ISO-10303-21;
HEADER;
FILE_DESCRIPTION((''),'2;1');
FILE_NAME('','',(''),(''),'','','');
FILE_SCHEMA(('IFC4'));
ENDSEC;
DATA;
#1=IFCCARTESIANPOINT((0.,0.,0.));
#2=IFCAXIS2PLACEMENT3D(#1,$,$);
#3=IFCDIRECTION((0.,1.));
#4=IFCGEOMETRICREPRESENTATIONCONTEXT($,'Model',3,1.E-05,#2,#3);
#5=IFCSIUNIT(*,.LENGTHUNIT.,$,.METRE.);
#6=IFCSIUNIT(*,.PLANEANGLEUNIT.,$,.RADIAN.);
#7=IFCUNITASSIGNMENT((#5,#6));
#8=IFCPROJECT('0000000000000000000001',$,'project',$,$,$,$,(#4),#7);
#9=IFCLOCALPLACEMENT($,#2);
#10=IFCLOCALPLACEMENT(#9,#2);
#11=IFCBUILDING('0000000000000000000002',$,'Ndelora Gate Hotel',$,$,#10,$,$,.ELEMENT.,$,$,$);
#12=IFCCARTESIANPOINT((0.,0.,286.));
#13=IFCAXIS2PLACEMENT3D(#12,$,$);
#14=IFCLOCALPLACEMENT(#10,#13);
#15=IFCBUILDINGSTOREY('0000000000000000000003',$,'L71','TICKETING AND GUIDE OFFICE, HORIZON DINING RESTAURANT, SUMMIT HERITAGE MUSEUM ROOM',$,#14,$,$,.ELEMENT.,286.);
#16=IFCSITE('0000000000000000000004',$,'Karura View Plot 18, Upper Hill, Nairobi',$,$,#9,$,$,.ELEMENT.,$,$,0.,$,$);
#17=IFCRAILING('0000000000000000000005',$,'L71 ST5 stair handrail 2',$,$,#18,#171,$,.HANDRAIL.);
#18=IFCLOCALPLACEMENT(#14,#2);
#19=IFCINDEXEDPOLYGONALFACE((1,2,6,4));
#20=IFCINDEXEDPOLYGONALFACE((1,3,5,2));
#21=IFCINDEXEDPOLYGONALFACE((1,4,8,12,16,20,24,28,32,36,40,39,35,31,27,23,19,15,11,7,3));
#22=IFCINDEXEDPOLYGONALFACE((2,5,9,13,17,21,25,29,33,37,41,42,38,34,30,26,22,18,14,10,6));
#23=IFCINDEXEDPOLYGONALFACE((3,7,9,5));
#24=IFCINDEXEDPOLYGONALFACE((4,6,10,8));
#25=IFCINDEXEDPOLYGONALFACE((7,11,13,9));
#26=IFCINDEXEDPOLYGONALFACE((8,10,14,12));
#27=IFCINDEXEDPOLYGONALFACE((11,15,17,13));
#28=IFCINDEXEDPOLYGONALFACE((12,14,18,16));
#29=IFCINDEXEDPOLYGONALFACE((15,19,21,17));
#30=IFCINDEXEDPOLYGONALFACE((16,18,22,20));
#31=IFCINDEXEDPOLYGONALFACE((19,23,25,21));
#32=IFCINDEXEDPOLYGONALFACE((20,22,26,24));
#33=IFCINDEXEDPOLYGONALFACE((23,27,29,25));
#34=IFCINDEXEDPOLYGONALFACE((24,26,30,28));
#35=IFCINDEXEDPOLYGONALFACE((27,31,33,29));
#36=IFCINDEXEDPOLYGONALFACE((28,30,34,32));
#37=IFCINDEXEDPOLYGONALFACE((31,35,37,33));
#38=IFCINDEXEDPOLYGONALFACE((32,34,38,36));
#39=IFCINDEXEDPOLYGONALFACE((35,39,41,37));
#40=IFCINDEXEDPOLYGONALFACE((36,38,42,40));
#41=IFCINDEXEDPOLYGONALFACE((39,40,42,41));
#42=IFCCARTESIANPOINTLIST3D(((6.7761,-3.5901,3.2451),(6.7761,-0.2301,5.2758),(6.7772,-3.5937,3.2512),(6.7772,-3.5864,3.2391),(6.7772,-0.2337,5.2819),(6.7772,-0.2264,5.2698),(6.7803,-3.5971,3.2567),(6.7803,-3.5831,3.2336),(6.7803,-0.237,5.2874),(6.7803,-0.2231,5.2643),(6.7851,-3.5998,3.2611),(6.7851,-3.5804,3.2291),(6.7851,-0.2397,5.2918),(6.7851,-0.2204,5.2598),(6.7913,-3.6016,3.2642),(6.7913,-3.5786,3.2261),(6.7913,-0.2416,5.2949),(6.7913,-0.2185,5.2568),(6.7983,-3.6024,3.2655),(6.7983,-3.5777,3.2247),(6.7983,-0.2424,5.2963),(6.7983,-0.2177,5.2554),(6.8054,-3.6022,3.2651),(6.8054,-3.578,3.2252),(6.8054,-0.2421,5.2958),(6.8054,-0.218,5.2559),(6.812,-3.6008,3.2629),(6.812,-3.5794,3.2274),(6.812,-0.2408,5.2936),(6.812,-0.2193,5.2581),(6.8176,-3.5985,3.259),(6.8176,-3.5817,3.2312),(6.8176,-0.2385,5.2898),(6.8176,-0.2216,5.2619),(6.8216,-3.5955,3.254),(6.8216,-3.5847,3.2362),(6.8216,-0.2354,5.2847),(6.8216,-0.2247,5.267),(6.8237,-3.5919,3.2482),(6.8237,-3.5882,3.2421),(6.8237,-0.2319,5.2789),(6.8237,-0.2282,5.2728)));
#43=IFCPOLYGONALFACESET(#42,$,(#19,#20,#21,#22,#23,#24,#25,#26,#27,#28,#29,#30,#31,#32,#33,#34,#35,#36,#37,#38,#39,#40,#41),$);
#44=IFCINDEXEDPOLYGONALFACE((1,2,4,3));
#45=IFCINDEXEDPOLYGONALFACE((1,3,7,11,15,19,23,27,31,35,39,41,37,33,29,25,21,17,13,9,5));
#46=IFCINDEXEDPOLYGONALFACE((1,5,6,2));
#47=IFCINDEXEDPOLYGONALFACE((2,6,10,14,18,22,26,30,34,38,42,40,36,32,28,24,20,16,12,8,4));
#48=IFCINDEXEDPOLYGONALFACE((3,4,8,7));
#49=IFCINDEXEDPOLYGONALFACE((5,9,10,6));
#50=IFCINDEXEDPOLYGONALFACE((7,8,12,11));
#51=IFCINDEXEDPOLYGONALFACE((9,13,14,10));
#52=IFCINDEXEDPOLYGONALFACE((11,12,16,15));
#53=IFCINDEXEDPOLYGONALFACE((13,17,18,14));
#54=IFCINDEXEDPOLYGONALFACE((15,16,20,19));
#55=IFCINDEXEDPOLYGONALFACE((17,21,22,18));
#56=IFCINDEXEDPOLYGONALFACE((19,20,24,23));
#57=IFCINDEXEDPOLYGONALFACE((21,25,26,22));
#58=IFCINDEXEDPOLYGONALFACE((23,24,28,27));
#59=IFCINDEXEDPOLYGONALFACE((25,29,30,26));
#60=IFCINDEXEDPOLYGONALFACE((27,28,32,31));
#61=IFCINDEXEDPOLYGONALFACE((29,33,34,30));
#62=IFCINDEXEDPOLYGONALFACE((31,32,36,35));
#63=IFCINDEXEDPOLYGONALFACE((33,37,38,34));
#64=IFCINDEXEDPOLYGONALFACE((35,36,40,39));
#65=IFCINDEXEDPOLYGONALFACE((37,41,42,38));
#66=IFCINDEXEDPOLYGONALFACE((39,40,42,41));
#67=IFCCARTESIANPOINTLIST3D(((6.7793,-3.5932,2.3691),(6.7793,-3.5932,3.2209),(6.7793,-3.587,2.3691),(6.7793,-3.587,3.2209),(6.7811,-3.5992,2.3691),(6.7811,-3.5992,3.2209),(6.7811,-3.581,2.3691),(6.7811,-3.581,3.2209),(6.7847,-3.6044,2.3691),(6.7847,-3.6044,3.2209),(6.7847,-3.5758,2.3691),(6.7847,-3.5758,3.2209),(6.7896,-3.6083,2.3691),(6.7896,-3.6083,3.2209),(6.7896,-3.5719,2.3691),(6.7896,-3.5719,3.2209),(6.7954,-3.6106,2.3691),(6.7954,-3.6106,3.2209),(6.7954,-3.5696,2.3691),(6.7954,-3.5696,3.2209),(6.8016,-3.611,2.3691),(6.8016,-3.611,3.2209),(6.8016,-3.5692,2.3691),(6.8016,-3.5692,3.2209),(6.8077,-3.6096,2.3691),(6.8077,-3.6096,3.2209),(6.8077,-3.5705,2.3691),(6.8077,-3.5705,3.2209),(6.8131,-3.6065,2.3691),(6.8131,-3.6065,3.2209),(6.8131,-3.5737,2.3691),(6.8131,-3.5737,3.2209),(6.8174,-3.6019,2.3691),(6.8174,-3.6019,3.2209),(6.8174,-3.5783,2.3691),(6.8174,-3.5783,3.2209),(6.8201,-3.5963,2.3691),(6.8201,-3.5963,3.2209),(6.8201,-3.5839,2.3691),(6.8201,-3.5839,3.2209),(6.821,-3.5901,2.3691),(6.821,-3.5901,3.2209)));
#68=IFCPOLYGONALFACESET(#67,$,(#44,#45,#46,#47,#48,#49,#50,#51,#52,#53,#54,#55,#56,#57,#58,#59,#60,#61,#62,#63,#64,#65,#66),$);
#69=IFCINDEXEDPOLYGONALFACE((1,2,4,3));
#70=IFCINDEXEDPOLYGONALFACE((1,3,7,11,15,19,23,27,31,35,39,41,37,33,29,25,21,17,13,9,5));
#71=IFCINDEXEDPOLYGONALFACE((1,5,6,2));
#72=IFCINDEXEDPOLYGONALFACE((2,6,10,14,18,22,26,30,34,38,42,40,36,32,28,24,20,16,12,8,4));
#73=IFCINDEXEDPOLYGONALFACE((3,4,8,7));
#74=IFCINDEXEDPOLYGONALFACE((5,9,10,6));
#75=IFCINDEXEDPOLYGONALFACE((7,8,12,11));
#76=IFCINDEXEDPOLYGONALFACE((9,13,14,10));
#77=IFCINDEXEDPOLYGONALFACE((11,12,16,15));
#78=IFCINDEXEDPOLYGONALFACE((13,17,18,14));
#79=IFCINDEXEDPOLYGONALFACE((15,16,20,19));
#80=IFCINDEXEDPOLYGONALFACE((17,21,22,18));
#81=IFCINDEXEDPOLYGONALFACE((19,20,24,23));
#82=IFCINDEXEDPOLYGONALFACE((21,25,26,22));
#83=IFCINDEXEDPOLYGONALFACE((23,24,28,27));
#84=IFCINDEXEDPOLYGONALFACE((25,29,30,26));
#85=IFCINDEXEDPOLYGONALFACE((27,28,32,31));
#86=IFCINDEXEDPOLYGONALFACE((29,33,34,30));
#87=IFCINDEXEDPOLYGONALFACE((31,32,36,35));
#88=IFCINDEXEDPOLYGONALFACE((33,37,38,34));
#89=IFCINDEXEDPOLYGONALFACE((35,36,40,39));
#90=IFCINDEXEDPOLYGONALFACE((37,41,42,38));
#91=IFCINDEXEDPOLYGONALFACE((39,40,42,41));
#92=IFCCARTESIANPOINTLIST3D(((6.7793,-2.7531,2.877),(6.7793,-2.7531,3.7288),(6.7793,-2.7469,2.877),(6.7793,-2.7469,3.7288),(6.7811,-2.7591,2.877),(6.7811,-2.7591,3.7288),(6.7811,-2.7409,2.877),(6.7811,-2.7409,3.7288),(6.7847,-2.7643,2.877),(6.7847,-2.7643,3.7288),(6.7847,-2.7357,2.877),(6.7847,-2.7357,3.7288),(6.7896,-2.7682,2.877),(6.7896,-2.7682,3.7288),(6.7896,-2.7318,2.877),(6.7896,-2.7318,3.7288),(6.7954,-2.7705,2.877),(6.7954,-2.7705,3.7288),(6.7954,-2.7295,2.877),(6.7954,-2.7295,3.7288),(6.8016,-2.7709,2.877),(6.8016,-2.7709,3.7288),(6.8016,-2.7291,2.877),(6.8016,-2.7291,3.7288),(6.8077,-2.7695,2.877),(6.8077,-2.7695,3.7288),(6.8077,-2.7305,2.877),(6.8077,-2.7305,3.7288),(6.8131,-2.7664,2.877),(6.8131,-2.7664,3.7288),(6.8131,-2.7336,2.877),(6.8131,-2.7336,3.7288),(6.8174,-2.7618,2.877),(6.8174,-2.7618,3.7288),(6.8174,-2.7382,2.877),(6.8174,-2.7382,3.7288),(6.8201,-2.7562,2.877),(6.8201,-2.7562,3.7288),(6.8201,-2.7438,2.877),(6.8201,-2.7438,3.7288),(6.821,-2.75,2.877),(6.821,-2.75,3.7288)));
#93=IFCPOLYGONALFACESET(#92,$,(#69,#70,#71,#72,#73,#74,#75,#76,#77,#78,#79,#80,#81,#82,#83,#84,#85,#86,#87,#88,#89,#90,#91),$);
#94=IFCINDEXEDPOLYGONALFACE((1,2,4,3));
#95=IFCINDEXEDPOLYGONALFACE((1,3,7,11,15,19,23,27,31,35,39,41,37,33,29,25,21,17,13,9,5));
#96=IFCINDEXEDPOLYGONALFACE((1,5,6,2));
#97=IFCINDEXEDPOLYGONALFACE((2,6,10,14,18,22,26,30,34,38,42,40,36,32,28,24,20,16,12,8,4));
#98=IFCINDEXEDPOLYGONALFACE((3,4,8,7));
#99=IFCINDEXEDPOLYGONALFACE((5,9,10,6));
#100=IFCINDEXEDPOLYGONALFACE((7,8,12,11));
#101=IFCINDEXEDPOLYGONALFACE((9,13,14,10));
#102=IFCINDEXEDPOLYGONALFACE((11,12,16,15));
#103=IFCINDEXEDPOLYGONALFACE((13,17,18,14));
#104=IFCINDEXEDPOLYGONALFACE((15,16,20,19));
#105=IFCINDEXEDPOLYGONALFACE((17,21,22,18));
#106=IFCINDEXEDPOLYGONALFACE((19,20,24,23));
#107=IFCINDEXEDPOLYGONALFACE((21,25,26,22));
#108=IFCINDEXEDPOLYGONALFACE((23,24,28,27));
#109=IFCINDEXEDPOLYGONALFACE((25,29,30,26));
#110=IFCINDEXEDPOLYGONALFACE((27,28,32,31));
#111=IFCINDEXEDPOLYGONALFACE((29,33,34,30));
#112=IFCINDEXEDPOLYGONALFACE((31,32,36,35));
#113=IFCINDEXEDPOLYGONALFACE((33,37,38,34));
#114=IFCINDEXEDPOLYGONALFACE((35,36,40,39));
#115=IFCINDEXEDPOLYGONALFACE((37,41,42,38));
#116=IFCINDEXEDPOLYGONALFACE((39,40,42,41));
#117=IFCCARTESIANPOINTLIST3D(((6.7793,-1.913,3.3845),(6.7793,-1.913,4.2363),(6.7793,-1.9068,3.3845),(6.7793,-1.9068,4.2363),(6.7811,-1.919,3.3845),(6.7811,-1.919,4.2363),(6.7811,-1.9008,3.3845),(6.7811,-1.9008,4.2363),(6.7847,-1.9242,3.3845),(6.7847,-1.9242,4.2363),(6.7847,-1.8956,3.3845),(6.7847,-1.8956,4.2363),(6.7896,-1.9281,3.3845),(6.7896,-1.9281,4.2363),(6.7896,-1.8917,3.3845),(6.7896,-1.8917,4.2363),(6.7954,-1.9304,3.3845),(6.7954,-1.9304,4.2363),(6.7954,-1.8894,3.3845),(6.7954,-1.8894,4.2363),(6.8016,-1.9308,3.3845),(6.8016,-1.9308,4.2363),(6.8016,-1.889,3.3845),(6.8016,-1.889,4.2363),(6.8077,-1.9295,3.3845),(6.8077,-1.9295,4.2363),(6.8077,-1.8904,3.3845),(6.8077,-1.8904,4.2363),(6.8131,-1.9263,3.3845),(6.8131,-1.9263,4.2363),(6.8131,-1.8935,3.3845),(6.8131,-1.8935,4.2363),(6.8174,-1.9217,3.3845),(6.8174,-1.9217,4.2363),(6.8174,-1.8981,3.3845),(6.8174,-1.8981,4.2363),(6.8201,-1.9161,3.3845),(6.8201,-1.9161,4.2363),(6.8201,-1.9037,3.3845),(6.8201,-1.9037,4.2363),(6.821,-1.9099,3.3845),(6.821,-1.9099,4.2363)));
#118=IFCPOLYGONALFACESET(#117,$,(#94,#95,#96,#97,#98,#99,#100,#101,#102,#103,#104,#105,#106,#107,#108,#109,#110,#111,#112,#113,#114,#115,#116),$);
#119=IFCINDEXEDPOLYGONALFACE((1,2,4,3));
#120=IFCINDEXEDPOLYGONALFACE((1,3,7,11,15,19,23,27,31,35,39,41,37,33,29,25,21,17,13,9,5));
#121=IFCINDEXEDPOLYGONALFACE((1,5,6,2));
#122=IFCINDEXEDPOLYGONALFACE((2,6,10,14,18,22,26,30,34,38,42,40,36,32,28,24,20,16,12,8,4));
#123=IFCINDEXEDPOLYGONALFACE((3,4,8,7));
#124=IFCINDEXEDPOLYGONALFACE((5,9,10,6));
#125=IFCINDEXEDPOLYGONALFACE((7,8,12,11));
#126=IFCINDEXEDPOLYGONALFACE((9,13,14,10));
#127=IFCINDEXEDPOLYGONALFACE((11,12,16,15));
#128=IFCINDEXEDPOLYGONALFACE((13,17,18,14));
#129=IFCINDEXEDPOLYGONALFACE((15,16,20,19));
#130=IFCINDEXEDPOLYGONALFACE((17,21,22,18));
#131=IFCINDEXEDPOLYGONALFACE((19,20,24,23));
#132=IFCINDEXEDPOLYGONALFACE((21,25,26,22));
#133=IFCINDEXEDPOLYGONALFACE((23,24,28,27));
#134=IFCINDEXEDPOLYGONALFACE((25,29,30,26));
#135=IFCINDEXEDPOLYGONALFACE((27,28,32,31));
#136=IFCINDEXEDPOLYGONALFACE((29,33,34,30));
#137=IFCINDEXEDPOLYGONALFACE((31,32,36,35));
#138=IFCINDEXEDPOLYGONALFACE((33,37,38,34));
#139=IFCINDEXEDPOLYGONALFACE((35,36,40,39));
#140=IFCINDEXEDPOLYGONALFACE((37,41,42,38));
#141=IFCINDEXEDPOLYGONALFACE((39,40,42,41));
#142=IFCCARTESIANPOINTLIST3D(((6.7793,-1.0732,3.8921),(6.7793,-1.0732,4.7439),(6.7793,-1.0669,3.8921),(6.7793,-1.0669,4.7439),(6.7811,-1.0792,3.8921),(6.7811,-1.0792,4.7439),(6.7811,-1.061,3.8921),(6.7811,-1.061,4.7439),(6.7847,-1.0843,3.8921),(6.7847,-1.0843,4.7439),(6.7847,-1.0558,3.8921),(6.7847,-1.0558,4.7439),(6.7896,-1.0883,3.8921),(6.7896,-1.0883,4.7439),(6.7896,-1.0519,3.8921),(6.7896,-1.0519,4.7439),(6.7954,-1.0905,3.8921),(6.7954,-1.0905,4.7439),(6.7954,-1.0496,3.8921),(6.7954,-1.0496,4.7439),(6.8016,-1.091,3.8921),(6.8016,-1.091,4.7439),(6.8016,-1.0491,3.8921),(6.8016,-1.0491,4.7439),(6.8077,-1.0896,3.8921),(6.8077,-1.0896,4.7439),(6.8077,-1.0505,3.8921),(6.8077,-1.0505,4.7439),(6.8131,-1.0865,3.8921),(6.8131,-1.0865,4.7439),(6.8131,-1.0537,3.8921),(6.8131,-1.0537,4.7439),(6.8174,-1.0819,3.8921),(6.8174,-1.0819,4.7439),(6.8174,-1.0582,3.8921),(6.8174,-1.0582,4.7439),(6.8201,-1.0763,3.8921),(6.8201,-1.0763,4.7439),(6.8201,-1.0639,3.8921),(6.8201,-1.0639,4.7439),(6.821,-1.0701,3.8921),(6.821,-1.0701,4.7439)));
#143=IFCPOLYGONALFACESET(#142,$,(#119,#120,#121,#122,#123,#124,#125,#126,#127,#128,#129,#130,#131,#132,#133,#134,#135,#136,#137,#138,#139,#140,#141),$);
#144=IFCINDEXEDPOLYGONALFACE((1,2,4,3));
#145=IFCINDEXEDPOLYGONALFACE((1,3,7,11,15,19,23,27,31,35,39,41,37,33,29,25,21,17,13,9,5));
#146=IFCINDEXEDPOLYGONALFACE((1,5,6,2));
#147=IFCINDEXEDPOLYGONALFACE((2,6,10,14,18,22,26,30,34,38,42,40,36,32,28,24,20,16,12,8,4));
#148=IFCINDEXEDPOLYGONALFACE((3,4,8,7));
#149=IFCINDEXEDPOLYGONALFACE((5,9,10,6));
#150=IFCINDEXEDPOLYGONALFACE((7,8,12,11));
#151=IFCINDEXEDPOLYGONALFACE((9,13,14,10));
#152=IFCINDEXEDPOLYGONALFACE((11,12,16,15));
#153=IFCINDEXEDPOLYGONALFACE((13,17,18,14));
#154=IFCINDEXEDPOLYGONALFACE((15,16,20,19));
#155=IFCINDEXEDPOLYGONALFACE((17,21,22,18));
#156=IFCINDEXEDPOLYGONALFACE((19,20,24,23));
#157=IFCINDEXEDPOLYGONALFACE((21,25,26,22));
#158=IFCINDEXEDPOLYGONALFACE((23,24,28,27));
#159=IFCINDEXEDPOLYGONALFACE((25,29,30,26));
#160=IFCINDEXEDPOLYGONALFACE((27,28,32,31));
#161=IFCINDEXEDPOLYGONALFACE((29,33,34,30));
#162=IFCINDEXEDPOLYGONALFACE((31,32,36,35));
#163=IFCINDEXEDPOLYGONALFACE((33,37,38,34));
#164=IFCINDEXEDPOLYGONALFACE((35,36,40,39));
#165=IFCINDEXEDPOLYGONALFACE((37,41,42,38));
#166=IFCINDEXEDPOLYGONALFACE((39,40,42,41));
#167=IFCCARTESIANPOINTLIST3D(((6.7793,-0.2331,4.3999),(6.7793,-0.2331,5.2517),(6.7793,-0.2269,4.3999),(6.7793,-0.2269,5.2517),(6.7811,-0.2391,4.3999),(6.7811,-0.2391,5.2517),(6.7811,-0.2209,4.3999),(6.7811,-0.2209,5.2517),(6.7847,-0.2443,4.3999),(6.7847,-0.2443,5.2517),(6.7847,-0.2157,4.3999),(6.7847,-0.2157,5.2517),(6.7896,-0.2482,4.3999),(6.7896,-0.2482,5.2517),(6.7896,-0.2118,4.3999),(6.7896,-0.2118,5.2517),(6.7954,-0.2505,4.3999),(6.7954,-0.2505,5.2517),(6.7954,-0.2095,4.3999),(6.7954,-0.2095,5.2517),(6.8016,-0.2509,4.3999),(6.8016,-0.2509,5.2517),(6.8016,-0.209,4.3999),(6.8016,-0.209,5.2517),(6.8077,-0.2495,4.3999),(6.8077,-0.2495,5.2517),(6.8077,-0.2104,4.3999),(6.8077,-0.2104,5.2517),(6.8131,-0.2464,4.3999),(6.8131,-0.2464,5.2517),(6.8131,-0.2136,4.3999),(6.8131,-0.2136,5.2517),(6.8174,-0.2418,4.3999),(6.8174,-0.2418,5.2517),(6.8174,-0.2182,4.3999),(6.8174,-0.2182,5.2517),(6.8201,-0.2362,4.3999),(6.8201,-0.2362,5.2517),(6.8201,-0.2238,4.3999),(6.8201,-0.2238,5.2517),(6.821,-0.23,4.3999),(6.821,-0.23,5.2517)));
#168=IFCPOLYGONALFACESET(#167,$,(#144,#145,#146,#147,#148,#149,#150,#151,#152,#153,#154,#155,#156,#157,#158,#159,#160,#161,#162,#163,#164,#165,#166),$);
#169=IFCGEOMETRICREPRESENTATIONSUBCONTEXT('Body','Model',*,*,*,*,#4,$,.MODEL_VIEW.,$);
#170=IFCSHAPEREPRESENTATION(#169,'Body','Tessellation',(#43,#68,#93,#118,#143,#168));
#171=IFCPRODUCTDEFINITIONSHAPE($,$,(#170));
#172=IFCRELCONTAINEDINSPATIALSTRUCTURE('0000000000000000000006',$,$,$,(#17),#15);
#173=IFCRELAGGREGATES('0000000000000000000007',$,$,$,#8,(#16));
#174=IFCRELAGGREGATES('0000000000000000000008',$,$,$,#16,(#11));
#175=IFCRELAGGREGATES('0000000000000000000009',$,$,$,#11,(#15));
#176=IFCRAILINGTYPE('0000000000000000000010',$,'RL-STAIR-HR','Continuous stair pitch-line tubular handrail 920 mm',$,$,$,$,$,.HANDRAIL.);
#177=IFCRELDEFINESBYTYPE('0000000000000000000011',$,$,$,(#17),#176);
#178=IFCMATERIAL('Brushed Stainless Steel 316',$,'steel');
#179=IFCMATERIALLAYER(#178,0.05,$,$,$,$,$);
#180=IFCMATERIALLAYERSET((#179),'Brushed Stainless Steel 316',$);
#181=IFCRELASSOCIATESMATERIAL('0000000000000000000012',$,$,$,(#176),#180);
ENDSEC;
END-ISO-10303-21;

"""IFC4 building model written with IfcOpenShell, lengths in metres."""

from ifc_helpers import new_model, si_unit, direction, frame, origin, origin_2d, place, context, subcontext, project, spatial, circle, extrude, material, layer, layer_set, type_object, element, save


model = new_model("IFC4")

# Units and contexts
model_context = context("Model", 3, precision=1e-05, world=origin(), true_north=direction((0.0, 1.0)))
body_context = subcontext(model_context, "Body", "Model", "MODEL_VIEW")
ifc_project = project(units=[si_unit("LENGTHUNIT", "METRE"), si_unit("PLANEANGLEUNIT", "RADIAN")], contexts=[model_context])

# Site, building, storey
site_placement = place(None, origin())
site = spatial("IfcSite", under=ifc_project, at=site_placement, Name="Karura View Plot 18, Upper Hill, Nairobi", CompositionType="ELEMENT", RefElevation=0.0)
building_placement = place(site_placement, origin())
building = spatial("IfcBuilding", under=site, at=building_placement, Name="Ndelora Gate Hotel", CompositionType="ELEMENT")
storey_placement = place(building_placement, frame((0.0, 0.0, 286.0)))
storey = spatial("IfcBuildingStorey", under=building, at=storey_placement, Name="L71", Description="TICKETING AND GUIDE OFFICE, HORIZON DINING RESTAURANT, SUMMIT HERITAGE MUSEUM ROOM", CompositionType="ELEMENT", Elevation=286.0)

# Railing
ifc_material_1 = material(Name="Brushed Stainless Steel 316", Category="steel")
ifc_layer_1 = layer(ifc_material_1, 0.05)
ifc_layer_set_1 = layer_set([ifc_layer_1], Name="Brushed Stainless Steel 316")
railing_type_1 = type_object("IfcRailingType", Name="RL-STAIR-HR", Description="Continuous stair pitch-line tubular handrail 920 mm", PredefinedType="HANDRAIL", material=ifc_layer_set_1)
railing_1_placement = place(storey_placement, frame((6.8, -3.5901, 2.3691)))
element("IfcRailing", 1, at=railing_1_placement, inside=storey, type_object=railing_type_1, Name="L71 ST5 stair handrail 2", PredefinedType="HANDRAIL", context=body_context, shape_type="SweptSolid", body=[
    extrude(circle(Radius=0.0239, at=origin_2d()), frame((0.0, 0.0, 0.876), z_axis=(0.0, 0.855837, 0.517246), x_axis=(-1.0, 0.0, 0.0)), (0.0, 0.0, 1.0), 3.926),
    extrude(circle(Radius=0.021, at=origin_2d()), origin(), (0.0, 0.0, 1.0), 0.8518),
    extrude(circle(Radius=0.021, at=origin_2d()), frame((0.0, 0.8401, 0.5078)), (0.0, 0.0, 1.0), 0.8518),
    extrude(circle(Radius=0.021, at=origin_2d()), frame((0.0, 1.6802, 1.0154)), (0.0, 0.0, 1.0), 0.8518),
    extrude(circle(Radius=0.021, at=origin_2d()), frame((0.0, 2.52, 1.5229)), (0.0, 0.0, 1.0), 0.8518),
    extrude(circle(Radius=0.021, at=origin_2d()), frame((0.0, 3.3601, 2.0308)), (0.0, 0.0, 1.0), 0.8518),
])

save(model, "model.ifc")
